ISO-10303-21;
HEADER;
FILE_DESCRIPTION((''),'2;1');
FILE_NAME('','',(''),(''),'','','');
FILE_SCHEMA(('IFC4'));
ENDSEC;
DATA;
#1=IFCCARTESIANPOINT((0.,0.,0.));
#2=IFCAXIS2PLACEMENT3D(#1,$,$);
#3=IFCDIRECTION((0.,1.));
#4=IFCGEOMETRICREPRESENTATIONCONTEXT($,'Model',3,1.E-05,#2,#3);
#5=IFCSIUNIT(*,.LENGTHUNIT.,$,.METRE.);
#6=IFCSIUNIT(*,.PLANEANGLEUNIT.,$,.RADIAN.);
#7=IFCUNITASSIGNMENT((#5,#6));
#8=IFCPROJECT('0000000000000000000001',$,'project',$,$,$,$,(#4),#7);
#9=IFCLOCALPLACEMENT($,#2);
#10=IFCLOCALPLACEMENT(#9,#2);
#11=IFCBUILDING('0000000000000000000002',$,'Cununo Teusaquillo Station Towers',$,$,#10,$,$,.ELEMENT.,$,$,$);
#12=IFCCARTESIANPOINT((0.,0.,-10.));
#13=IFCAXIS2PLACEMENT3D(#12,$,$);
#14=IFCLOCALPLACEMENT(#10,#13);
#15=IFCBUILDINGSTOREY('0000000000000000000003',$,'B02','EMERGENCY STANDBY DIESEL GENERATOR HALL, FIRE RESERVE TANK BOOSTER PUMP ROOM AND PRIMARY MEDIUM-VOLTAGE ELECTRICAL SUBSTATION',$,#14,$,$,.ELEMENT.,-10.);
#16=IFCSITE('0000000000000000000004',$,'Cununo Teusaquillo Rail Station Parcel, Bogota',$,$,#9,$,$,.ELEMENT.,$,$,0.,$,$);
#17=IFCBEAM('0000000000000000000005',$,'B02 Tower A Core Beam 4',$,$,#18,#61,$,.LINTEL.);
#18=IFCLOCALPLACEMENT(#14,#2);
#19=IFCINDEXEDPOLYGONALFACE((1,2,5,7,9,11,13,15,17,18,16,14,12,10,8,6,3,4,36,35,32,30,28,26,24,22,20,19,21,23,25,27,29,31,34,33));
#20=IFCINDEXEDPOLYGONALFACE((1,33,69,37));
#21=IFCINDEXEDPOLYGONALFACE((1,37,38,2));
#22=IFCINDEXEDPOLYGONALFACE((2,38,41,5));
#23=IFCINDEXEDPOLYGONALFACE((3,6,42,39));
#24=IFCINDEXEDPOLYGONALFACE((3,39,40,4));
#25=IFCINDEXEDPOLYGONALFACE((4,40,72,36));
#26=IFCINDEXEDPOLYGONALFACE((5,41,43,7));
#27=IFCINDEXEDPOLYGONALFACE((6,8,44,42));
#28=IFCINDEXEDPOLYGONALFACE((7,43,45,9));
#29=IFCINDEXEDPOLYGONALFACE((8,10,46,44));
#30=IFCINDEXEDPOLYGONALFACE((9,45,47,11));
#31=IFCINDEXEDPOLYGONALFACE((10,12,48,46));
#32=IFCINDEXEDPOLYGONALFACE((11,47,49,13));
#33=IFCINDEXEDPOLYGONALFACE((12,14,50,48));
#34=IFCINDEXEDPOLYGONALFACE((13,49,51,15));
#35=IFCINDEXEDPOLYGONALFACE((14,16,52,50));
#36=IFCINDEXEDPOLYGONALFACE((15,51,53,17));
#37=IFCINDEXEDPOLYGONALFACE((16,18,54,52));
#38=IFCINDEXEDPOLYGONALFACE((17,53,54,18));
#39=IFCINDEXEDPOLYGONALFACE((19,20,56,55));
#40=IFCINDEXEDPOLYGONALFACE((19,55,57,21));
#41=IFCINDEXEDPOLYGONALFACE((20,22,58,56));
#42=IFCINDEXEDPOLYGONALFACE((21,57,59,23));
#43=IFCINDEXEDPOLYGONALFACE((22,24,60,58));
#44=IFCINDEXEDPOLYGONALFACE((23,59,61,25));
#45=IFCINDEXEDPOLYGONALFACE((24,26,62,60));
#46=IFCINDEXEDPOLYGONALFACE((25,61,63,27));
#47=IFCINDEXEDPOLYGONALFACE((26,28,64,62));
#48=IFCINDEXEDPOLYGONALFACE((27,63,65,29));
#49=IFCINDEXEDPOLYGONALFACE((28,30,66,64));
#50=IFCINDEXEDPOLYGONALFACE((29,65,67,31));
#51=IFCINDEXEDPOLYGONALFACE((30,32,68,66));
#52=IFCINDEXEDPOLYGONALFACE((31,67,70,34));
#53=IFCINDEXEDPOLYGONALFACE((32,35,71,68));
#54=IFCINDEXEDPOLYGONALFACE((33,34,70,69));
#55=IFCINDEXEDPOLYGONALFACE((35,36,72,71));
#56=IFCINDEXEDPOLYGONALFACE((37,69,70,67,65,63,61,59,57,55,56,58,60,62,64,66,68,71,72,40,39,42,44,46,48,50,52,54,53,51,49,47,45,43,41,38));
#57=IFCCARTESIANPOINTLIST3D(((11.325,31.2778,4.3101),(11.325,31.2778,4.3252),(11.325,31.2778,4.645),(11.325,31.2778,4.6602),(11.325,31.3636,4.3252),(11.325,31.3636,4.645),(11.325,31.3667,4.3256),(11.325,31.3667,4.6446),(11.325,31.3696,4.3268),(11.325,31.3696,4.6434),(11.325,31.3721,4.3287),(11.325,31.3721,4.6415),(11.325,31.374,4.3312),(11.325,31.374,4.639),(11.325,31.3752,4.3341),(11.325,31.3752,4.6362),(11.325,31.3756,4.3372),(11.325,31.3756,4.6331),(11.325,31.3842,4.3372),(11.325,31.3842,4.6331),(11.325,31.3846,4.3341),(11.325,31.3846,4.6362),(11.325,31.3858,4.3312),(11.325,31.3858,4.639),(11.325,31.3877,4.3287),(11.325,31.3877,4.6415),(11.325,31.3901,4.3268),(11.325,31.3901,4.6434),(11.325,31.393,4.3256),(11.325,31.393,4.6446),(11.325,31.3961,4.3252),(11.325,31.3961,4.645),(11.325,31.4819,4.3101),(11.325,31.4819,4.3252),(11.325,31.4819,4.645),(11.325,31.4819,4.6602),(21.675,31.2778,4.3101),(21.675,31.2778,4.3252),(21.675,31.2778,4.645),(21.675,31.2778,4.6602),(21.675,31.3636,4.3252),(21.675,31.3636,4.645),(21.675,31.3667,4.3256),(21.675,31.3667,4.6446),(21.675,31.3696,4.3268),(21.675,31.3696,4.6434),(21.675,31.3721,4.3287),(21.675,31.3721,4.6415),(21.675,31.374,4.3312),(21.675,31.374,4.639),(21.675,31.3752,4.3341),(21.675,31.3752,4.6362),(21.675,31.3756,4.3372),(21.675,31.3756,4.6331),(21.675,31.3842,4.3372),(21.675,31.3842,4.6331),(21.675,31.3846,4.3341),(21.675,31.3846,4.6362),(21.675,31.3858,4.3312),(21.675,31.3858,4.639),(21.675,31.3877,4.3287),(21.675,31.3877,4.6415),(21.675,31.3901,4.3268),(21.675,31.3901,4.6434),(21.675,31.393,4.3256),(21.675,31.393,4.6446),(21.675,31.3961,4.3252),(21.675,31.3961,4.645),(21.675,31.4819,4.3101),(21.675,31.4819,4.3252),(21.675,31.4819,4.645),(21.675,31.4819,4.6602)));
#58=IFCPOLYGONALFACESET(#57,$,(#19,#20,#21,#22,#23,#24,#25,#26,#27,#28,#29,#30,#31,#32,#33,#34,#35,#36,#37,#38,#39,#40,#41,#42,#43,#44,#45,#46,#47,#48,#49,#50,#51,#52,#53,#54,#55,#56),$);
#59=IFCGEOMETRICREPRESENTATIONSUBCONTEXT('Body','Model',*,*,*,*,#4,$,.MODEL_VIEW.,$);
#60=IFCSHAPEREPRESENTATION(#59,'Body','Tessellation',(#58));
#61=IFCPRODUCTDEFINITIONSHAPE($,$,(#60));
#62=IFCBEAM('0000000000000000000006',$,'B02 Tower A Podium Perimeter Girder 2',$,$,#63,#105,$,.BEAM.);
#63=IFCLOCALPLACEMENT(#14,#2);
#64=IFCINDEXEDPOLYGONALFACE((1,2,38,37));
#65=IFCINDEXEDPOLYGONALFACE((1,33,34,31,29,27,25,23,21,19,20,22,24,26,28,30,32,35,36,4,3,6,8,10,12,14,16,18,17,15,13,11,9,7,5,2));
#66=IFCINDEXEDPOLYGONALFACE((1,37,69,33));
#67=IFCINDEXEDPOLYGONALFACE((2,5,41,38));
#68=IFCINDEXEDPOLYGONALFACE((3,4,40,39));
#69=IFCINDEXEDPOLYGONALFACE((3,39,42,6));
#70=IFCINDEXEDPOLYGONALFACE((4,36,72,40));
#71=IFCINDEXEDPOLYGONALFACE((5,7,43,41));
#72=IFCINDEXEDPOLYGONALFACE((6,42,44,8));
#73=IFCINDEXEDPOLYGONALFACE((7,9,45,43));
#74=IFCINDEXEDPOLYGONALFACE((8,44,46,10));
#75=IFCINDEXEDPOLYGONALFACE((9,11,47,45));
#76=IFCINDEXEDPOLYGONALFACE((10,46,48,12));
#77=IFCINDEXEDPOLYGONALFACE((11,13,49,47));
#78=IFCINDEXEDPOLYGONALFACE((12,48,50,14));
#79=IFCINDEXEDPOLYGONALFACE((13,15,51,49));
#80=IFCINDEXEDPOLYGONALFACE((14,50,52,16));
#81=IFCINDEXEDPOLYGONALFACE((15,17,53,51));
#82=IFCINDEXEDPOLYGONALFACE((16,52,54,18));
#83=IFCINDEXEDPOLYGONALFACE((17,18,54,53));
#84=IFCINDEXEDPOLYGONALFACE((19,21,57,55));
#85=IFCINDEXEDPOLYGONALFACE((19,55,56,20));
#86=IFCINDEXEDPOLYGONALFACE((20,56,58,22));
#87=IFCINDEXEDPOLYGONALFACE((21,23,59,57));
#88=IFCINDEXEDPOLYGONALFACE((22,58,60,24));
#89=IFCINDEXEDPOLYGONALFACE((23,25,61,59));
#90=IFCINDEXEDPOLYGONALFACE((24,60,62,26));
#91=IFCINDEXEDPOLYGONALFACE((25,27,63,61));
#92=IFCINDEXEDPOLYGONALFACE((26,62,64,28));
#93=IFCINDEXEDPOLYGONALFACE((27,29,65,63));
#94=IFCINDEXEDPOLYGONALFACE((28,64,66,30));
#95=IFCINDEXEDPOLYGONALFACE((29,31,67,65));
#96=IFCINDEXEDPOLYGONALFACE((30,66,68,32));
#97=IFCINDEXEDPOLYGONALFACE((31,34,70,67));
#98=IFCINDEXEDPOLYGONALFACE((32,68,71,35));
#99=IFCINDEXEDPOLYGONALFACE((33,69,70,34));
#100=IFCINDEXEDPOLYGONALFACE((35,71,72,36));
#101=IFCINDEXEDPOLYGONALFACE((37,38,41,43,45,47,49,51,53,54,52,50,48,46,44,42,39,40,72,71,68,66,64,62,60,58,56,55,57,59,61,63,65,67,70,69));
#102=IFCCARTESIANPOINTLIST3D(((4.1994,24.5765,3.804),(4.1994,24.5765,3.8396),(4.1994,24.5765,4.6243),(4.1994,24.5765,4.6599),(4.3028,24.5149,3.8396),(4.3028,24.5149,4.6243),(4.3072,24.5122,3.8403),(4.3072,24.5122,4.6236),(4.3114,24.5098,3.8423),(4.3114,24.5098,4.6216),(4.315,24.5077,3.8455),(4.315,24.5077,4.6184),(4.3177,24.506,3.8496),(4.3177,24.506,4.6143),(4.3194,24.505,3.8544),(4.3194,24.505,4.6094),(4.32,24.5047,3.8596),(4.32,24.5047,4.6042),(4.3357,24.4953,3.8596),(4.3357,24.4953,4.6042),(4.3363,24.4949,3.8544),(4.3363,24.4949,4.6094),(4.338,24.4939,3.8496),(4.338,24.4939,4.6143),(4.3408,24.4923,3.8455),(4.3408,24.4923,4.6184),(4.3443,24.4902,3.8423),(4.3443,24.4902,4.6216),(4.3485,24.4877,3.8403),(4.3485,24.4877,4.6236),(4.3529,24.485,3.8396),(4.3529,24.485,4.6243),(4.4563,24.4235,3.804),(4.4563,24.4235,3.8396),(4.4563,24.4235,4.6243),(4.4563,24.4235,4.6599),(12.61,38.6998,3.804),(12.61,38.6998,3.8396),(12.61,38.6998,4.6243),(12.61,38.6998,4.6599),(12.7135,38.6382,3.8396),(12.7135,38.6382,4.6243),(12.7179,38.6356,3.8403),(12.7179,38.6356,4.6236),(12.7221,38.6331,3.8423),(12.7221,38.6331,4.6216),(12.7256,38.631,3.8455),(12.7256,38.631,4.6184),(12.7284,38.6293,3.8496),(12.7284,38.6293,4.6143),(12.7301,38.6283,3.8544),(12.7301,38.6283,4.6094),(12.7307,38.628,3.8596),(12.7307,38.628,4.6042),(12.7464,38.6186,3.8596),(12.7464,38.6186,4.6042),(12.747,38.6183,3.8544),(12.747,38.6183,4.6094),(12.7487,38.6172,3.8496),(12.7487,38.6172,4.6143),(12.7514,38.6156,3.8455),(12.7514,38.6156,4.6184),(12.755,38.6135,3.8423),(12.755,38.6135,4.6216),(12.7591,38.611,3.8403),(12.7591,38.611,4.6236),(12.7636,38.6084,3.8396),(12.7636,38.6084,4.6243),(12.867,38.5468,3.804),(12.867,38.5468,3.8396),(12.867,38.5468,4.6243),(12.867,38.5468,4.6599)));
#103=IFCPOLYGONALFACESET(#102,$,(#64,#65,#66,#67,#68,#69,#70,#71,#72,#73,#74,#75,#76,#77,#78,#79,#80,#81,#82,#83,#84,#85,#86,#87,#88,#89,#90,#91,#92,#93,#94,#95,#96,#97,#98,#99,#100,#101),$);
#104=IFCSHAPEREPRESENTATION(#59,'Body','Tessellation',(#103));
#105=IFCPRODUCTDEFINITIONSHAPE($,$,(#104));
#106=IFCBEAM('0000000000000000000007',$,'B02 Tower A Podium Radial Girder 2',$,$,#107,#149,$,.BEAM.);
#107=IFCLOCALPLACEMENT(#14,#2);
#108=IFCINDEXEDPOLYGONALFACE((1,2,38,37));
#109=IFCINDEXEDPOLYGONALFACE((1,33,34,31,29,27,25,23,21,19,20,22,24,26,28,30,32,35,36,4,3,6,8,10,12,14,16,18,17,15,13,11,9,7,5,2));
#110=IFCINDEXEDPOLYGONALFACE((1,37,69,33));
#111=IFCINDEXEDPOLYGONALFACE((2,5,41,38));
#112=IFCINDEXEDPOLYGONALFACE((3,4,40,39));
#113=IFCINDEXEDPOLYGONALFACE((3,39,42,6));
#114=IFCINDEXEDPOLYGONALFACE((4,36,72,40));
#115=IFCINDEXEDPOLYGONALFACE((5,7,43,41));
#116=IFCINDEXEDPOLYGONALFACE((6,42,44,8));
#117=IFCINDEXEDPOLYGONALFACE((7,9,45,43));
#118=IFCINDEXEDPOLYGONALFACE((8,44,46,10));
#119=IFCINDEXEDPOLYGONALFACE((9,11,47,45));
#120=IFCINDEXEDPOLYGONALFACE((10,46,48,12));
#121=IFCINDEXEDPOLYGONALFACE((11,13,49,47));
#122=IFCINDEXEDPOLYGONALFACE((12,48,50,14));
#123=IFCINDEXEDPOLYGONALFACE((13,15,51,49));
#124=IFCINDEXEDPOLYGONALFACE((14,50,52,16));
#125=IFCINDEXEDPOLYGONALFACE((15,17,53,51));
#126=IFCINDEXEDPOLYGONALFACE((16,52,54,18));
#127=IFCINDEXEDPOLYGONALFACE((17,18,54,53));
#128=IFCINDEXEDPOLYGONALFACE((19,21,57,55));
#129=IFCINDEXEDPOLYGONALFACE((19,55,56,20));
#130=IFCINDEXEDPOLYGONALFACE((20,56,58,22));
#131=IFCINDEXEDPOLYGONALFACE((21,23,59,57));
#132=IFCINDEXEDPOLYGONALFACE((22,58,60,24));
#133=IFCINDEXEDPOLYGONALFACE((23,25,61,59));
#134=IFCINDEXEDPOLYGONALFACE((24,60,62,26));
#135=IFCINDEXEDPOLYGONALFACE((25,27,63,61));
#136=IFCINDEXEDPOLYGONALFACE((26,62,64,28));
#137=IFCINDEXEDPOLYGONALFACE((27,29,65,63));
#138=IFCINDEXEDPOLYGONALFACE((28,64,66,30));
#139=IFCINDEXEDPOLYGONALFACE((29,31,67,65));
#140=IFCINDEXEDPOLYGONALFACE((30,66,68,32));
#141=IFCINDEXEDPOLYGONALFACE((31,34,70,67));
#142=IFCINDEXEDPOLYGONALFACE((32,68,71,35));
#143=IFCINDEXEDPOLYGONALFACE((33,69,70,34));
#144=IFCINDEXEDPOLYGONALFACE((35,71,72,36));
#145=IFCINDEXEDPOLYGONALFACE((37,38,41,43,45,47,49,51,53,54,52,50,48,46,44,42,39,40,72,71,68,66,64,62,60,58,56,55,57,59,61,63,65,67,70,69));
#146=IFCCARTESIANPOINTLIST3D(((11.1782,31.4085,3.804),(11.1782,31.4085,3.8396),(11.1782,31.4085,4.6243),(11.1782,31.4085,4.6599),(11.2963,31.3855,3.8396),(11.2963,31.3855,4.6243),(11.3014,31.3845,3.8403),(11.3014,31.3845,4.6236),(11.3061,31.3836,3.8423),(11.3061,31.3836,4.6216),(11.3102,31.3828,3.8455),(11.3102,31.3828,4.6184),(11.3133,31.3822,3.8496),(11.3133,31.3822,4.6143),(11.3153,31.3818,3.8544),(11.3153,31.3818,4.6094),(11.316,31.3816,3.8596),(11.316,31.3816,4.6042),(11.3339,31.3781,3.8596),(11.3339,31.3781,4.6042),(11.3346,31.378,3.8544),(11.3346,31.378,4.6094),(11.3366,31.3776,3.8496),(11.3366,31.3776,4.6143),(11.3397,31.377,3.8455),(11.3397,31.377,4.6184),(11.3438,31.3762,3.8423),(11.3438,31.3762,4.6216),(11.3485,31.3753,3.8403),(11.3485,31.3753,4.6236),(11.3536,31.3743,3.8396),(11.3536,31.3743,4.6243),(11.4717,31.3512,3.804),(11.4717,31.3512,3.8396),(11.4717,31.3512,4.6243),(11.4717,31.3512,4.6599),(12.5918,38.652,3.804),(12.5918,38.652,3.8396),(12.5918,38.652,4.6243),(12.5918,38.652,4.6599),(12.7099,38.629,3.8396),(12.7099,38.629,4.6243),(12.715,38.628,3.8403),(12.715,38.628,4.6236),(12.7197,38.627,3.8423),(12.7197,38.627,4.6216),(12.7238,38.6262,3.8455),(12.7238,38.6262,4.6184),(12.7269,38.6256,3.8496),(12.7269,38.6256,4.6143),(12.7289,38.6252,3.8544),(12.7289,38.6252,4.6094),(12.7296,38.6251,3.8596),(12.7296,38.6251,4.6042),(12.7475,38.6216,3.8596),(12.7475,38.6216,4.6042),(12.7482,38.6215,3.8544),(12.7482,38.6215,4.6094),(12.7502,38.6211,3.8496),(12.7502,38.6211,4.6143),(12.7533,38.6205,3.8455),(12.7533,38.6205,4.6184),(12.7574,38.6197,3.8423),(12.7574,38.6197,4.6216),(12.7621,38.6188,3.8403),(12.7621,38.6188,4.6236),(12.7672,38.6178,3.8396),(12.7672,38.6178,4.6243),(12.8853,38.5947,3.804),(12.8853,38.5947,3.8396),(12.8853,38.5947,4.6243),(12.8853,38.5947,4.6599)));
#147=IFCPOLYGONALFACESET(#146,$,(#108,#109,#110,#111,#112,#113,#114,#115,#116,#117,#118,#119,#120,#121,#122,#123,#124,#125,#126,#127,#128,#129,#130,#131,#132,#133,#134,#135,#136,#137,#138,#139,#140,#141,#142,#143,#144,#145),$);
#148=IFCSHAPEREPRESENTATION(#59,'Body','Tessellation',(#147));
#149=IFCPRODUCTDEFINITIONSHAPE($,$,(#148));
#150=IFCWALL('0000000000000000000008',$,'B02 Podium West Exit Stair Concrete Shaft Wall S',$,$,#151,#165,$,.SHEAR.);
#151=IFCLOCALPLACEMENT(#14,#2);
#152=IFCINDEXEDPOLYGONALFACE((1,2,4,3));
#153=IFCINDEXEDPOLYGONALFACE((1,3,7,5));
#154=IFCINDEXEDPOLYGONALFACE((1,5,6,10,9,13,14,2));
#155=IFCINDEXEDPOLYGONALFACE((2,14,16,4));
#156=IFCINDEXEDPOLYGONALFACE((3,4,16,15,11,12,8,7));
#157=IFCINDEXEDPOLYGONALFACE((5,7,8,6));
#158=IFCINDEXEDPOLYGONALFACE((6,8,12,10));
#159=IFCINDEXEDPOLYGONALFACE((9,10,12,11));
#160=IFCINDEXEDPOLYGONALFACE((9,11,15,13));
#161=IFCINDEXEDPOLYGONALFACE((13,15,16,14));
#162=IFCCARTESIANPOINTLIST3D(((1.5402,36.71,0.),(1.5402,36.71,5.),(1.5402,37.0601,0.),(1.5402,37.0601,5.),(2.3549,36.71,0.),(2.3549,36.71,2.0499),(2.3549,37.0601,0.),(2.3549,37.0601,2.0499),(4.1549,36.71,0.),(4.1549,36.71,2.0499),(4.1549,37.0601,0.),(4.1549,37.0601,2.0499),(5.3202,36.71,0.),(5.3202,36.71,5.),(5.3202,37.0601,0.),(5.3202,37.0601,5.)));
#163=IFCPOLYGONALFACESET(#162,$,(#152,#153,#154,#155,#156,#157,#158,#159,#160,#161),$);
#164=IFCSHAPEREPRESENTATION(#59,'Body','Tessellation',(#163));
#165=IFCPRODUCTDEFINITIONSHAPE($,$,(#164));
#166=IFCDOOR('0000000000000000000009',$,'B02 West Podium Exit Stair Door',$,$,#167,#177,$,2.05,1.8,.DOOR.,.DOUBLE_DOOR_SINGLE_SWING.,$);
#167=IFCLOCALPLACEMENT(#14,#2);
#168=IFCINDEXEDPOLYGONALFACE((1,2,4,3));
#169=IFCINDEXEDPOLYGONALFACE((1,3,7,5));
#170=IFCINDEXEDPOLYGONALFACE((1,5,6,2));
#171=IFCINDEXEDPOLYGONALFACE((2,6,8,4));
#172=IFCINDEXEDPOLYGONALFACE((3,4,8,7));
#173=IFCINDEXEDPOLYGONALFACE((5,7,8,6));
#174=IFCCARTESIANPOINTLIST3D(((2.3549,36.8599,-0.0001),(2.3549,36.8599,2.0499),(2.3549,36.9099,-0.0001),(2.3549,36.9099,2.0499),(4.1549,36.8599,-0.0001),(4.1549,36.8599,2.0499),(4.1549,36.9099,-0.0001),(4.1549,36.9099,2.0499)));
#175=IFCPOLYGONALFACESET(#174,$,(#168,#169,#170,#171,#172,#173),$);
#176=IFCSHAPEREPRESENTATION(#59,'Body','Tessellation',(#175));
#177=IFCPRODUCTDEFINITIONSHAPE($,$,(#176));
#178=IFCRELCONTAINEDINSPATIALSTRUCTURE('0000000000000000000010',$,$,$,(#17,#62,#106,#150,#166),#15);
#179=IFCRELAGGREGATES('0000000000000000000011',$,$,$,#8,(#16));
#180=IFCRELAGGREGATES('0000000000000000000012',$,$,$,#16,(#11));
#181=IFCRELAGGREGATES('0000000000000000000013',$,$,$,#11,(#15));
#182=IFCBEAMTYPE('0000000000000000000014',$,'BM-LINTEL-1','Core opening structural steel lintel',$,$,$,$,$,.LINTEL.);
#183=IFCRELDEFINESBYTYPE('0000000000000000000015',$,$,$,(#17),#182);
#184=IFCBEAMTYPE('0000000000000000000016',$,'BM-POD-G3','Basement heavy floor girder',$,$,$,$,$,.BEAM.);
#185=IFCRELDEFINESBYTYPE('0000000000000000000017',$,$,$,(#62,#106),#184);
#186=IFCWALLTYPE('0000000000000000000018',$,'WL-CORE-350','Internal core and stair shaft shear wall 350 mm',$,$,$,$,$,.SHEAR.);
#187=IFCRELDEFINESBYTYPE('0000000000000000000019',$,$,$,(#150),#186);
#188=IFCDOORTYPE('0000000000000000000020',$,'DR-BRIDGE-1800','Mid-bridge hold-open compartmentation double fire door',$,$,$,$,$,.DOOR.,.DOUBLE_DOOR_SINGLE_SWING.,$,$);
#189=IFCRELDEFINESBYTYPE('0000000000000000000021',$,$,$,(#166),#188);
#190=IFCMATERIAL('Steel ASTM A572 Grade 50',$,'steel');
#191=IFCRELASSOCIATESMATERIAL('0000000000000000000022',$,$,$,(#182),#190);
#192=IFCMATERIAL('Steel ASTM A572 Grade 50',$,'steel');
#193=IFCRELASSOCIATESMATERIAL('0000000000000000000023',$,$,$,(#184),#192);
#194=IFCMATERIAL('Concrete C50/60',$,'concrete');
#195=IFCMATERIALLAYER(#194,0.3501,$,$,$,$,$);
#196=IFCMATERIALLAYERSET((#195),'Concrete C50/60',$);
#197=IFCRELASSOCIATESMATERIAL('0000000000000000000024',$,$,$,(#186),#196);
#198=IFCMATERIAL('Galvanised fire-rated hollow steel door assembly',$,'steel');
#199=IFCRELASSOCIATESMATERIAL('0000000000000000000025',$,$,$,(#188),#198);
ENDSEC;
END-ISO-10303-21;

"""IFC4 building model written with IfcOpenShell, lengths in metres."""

from ifc_helpers import new_model, si_unit, direction, frame, frame_2d, origin, origin_2d, place, context, subcontext, project, spatial, rectangle, i_section, extrude, source, transform, mapped, material, layer, layer_set, material_profile, profile_set, type_object, element, fill, save


model = new_model("IFC4")

# Units and contexts
model_context = context("Model", 3, precision=1e-05, world=origin(), true_north=direction((0.0, 1.0)))
body_context = subcontext(model_context, "Body", "Model", "MODEL_VIEW")
ifc_project = project(units=[si_unit("LENGTHUNIT", "METRE"), si_unit("PLANEANGLEUNIT", "RADIAN")], contexts=[model_context])

# Site, building, storey
site_placement = place(None, origin())
site = spatial("IfcSite", under=ifc_project, at=site_placement, Name="Cununo Teusaquillo Rail Station Parcel, Bogota", CompositionType="ELEMENT", RefElevation=0.0)
building_placement = place(site_placement, origin())
building = spatial("IfcBuilding", under=site, at=building_placement, Name="Cununo Teusaquillo Station Towers", CompositionType="ELEMENT")
storey_placement = place(building_placement, frame((0.0, 0.0, -10.0)))
storey = spatial("IfcBuildingStorey", under=building, at=storey_placement, Name="B02", Description="EMERGENCY STANDBY DIESEL GENERATOR HALL, FIRE RESERVE TANK BOOSTER PUMP ROOM AND PRIMARY MEDIUM-VOLTAGE ELECTRICAL SUBSTATION", CompositionType="ELEMENT", Elevation=-10.0)

# Beams
ifc_material_1 = material(Name="Steel ASTM A572 Grade 50", Category="steel")
ifc_material_profile_1 = material_profile(ifc_material_1, i_section(OverallWidth=0.2041, OverallDepth=0.3501, WebThickness=0.0085, FlangeThickness=0.0151, FilletRadius=0.012, at=origin_2d()), Name="W14X48")
ifc_profile_set_1 = profile_set([ifc_material_profile_1], Name="Steel ASTM A572 Grade 50")
beam_type_1 = type_object("IfcBeamType", Name="BM-LINTEL-1", Description="Core opening structural steel lintel", PredefinedType="LINTEL", material=ifc_profile_set_1)
beam_1_placement = place(storey_placement, frame((11.325, 31.3799, 4.4851), z_axis=(1.0, 0.0, 0.0), x_axis=(0.0, 1.0, 0.0)))
element("IfcBeam", 1, at=beam_1_placement, inside=storey, type_object=beam_type_1, Name="B02 Tower A Core Beam 4", PredefinedType="LINTEL", context=body_context, shape_type="SweptSolid", body=[
    extrude(i_section(OverallWidth=0.2041, OverallDepth=0.3501, WebThickness=0.0085, FlangeThickness=0.0151, FilletRadius=0.012, at=origin_2d()), origin(), (0.0, 0.0, 1.0), 10.3501),
])
ifc_material_2 = material(Name="Steel ASTM A572 Grade 50", Category="steel")
ifc_material_profile_2 = material_profile(ifc_material_2, i_section(OverallWidth=0.2991, OverallDepth=0.856, WebThickness=0.0183, FlangeThickness=0.0356, FilletRadius=0.02, at=origin_2d()), Name="W33X201")
ifc_profile_set_2 = profile_set([ifc_material_profile_2], Name="Steel ASTM A572 Grade 50")
beam_type_2 = type_object("IfcBeamType", Name="BM-POD-G3", Description="Basement heavy floor girder", PredefinedType="BEAM", material=ifc_profile_set_2)
beam_2_placement = place(storey_placement, frame((12.7385, 38.6233, 4.2319), z_axis=(-0.51166, -0.859188, 0.0), x_axis=(0.859188, -0.51166, 0.0)))
element("IfcBeam", 2, at=beam_2_placement, inside=storey, type_object=beam_type_2, Name="B02 Tower A Podium Perimeter Girder 2", PredefinedType="BEAM", context=body_context, shape_type="SweptSolid", body=[
    extrude(i_section(OverallWidth=0.2991, OverallDepth=0.856, WebThickness=0.0183, FlangeThickness=0.0356, FilletRadius=0.02, at=origin_2d()), origin(), (0.0, 0.0, 1.0), 16.438),
])
beam_3_placement = place(storey_placement, frame((11.325, 31.3799, 4.2319), z_axis=(0.19154, 0.981485, 0.0), x_axis=(-0.981485, 0.19154, 0.0)))
element("IfcBeam", 3, at=beam_3_placement, inside=storey, type_object=beam_type_2, Name="B02 Tower A Podium Radial Girder 2", PredefinedType="BEAM", context=body_context, shape_type="SweptSolid", body=[
    extrude(i_section(OverallWidth=0.2991, OverallDepth=0.856, WebThickness=0.0183, FlangeThickness=0.0356, FilletRadius=0.02, at=origin_2d()), origin(), (0.0, 0.0, 1.0), 7.3801),
])

# Wall, opening, door
ifc_material_3 = material(Name="Concrete C50/60", Category="concrete")
ifc_layer_1 = layer(ifc_material_3, 0.3501)
ifc_layer_set_1 = layer_set([ifc_layer_1], Name="Concrete C50/60")
wall_type_1 = type_object("IfcWallType", Name="WL-CORE-350", Description="Internal core and stair shaft shear wall 350 mm", PredefinedType="SHEAR", material=ifc_layer_set_1)
wall_1_placement = place(storey_placement, frame((1.54, 36.885, 0.0), z_axis=(0.0, 0.0, 1.0), x_axis=(1.0, 0.0, 0.0)))
wall_1 = element("IfcWall", 4, at=wall_1_placement, inside=storey, type_object=wall_type_1, Name="B02 Podium West Exit Stair Concrete Shaft Wall S", PredefinedType="SHEAR", context=body_context, shape_type="SweptSolid", body=[
    extrude(rectangle(XDim=3.78, YDim=0.3501, at=frame_2d((1.8901, 0.0))), origin(), (0.0, 0.0, 1.0), 5.0),
])
shared_shape_1 = source(origin(), body_context, "Body", "SweptSolid", [
    extrude(rectangle(XDim=1.8, YDim=2.05, at=frame_2d((0.8999, 1.0249))), frame((0.0, 0.1851, 0.0), z_axis=(0.0, -1.0, 0.0), x_axis=(1.0, 0.0, 0.0)), (0.0, 0.0, 1.0), 0.3701),
])
opening_1_placement = place(wall_1_placement, frame((0.8149, 0.0, 0.0)))
opening_1 = element("IfcOpeningElement", 5, at=opening_1_placement, cuts=wall_1, PredefinedType="OPENING", context=body_context, shape_type="MappedRepresentation", body=[
    mapped(shared_shape_1, transform((0.0, 0.0, 0.0), x_axis=(1.0, 0.0, 0.0), y_axis=(0.0, 1.0, 0.0), z_axis=(0.0, 0.0, 1.0), scale=1.0)),
])
ifc_material_4 = material(Name="Galvanised fire-rated hollow steel door assembly", Category="steel")
door_type_1 = type_object("IfcDoorType", Name="DR-BRIDGE-1800", Description="Mid-bridge hold-open compartmentation double fire door", OperationType="DOUBLE_DOOR_SINGLE_SWING", PredefinedType="DOOR", material=ifc_material_4)
shared_shape_2 = source(origin(), body_context, "Body", "SweptSolid", [
    extrude(rectangle(XDim=1.8, YDim=2.05, at=frame_2d((0.8999, 1.0249))), frame((0.0, 0.0249, 0.0), z_axis=(0.0, -1.0, 0.0), x_axis=(1.0, 0.0, 0.0)), (0.0, 0.0, 1.0), 0.05),
])
door_1_placement = place(opening_1_placement, origin())
door_1 = element("IfcDoor", 6, at=door_1_placement, inside=storey, type_object=door_type_1, Name="B02 West Podium Exit Stair Door", OperationType="DOUBLE_DOOR_SINGLE_SWING", OverallHeight=2.05, OverallWidth=1.8, PredefinedType="DOOR", context=body_context, shape_type="MappedRepresentation", body=[
    mapped(shared_shape_2, transform((0.0, 0.0, 0.0), x_axis=(1.0, 0.0, 0.0), y_axis=(0.0, 1.0, 0.0), z_axis=(0.0, 0.0, 1.0), scale=1.0)),
])
fill(opening_1, door_1)

save(model, "model.ifc")
